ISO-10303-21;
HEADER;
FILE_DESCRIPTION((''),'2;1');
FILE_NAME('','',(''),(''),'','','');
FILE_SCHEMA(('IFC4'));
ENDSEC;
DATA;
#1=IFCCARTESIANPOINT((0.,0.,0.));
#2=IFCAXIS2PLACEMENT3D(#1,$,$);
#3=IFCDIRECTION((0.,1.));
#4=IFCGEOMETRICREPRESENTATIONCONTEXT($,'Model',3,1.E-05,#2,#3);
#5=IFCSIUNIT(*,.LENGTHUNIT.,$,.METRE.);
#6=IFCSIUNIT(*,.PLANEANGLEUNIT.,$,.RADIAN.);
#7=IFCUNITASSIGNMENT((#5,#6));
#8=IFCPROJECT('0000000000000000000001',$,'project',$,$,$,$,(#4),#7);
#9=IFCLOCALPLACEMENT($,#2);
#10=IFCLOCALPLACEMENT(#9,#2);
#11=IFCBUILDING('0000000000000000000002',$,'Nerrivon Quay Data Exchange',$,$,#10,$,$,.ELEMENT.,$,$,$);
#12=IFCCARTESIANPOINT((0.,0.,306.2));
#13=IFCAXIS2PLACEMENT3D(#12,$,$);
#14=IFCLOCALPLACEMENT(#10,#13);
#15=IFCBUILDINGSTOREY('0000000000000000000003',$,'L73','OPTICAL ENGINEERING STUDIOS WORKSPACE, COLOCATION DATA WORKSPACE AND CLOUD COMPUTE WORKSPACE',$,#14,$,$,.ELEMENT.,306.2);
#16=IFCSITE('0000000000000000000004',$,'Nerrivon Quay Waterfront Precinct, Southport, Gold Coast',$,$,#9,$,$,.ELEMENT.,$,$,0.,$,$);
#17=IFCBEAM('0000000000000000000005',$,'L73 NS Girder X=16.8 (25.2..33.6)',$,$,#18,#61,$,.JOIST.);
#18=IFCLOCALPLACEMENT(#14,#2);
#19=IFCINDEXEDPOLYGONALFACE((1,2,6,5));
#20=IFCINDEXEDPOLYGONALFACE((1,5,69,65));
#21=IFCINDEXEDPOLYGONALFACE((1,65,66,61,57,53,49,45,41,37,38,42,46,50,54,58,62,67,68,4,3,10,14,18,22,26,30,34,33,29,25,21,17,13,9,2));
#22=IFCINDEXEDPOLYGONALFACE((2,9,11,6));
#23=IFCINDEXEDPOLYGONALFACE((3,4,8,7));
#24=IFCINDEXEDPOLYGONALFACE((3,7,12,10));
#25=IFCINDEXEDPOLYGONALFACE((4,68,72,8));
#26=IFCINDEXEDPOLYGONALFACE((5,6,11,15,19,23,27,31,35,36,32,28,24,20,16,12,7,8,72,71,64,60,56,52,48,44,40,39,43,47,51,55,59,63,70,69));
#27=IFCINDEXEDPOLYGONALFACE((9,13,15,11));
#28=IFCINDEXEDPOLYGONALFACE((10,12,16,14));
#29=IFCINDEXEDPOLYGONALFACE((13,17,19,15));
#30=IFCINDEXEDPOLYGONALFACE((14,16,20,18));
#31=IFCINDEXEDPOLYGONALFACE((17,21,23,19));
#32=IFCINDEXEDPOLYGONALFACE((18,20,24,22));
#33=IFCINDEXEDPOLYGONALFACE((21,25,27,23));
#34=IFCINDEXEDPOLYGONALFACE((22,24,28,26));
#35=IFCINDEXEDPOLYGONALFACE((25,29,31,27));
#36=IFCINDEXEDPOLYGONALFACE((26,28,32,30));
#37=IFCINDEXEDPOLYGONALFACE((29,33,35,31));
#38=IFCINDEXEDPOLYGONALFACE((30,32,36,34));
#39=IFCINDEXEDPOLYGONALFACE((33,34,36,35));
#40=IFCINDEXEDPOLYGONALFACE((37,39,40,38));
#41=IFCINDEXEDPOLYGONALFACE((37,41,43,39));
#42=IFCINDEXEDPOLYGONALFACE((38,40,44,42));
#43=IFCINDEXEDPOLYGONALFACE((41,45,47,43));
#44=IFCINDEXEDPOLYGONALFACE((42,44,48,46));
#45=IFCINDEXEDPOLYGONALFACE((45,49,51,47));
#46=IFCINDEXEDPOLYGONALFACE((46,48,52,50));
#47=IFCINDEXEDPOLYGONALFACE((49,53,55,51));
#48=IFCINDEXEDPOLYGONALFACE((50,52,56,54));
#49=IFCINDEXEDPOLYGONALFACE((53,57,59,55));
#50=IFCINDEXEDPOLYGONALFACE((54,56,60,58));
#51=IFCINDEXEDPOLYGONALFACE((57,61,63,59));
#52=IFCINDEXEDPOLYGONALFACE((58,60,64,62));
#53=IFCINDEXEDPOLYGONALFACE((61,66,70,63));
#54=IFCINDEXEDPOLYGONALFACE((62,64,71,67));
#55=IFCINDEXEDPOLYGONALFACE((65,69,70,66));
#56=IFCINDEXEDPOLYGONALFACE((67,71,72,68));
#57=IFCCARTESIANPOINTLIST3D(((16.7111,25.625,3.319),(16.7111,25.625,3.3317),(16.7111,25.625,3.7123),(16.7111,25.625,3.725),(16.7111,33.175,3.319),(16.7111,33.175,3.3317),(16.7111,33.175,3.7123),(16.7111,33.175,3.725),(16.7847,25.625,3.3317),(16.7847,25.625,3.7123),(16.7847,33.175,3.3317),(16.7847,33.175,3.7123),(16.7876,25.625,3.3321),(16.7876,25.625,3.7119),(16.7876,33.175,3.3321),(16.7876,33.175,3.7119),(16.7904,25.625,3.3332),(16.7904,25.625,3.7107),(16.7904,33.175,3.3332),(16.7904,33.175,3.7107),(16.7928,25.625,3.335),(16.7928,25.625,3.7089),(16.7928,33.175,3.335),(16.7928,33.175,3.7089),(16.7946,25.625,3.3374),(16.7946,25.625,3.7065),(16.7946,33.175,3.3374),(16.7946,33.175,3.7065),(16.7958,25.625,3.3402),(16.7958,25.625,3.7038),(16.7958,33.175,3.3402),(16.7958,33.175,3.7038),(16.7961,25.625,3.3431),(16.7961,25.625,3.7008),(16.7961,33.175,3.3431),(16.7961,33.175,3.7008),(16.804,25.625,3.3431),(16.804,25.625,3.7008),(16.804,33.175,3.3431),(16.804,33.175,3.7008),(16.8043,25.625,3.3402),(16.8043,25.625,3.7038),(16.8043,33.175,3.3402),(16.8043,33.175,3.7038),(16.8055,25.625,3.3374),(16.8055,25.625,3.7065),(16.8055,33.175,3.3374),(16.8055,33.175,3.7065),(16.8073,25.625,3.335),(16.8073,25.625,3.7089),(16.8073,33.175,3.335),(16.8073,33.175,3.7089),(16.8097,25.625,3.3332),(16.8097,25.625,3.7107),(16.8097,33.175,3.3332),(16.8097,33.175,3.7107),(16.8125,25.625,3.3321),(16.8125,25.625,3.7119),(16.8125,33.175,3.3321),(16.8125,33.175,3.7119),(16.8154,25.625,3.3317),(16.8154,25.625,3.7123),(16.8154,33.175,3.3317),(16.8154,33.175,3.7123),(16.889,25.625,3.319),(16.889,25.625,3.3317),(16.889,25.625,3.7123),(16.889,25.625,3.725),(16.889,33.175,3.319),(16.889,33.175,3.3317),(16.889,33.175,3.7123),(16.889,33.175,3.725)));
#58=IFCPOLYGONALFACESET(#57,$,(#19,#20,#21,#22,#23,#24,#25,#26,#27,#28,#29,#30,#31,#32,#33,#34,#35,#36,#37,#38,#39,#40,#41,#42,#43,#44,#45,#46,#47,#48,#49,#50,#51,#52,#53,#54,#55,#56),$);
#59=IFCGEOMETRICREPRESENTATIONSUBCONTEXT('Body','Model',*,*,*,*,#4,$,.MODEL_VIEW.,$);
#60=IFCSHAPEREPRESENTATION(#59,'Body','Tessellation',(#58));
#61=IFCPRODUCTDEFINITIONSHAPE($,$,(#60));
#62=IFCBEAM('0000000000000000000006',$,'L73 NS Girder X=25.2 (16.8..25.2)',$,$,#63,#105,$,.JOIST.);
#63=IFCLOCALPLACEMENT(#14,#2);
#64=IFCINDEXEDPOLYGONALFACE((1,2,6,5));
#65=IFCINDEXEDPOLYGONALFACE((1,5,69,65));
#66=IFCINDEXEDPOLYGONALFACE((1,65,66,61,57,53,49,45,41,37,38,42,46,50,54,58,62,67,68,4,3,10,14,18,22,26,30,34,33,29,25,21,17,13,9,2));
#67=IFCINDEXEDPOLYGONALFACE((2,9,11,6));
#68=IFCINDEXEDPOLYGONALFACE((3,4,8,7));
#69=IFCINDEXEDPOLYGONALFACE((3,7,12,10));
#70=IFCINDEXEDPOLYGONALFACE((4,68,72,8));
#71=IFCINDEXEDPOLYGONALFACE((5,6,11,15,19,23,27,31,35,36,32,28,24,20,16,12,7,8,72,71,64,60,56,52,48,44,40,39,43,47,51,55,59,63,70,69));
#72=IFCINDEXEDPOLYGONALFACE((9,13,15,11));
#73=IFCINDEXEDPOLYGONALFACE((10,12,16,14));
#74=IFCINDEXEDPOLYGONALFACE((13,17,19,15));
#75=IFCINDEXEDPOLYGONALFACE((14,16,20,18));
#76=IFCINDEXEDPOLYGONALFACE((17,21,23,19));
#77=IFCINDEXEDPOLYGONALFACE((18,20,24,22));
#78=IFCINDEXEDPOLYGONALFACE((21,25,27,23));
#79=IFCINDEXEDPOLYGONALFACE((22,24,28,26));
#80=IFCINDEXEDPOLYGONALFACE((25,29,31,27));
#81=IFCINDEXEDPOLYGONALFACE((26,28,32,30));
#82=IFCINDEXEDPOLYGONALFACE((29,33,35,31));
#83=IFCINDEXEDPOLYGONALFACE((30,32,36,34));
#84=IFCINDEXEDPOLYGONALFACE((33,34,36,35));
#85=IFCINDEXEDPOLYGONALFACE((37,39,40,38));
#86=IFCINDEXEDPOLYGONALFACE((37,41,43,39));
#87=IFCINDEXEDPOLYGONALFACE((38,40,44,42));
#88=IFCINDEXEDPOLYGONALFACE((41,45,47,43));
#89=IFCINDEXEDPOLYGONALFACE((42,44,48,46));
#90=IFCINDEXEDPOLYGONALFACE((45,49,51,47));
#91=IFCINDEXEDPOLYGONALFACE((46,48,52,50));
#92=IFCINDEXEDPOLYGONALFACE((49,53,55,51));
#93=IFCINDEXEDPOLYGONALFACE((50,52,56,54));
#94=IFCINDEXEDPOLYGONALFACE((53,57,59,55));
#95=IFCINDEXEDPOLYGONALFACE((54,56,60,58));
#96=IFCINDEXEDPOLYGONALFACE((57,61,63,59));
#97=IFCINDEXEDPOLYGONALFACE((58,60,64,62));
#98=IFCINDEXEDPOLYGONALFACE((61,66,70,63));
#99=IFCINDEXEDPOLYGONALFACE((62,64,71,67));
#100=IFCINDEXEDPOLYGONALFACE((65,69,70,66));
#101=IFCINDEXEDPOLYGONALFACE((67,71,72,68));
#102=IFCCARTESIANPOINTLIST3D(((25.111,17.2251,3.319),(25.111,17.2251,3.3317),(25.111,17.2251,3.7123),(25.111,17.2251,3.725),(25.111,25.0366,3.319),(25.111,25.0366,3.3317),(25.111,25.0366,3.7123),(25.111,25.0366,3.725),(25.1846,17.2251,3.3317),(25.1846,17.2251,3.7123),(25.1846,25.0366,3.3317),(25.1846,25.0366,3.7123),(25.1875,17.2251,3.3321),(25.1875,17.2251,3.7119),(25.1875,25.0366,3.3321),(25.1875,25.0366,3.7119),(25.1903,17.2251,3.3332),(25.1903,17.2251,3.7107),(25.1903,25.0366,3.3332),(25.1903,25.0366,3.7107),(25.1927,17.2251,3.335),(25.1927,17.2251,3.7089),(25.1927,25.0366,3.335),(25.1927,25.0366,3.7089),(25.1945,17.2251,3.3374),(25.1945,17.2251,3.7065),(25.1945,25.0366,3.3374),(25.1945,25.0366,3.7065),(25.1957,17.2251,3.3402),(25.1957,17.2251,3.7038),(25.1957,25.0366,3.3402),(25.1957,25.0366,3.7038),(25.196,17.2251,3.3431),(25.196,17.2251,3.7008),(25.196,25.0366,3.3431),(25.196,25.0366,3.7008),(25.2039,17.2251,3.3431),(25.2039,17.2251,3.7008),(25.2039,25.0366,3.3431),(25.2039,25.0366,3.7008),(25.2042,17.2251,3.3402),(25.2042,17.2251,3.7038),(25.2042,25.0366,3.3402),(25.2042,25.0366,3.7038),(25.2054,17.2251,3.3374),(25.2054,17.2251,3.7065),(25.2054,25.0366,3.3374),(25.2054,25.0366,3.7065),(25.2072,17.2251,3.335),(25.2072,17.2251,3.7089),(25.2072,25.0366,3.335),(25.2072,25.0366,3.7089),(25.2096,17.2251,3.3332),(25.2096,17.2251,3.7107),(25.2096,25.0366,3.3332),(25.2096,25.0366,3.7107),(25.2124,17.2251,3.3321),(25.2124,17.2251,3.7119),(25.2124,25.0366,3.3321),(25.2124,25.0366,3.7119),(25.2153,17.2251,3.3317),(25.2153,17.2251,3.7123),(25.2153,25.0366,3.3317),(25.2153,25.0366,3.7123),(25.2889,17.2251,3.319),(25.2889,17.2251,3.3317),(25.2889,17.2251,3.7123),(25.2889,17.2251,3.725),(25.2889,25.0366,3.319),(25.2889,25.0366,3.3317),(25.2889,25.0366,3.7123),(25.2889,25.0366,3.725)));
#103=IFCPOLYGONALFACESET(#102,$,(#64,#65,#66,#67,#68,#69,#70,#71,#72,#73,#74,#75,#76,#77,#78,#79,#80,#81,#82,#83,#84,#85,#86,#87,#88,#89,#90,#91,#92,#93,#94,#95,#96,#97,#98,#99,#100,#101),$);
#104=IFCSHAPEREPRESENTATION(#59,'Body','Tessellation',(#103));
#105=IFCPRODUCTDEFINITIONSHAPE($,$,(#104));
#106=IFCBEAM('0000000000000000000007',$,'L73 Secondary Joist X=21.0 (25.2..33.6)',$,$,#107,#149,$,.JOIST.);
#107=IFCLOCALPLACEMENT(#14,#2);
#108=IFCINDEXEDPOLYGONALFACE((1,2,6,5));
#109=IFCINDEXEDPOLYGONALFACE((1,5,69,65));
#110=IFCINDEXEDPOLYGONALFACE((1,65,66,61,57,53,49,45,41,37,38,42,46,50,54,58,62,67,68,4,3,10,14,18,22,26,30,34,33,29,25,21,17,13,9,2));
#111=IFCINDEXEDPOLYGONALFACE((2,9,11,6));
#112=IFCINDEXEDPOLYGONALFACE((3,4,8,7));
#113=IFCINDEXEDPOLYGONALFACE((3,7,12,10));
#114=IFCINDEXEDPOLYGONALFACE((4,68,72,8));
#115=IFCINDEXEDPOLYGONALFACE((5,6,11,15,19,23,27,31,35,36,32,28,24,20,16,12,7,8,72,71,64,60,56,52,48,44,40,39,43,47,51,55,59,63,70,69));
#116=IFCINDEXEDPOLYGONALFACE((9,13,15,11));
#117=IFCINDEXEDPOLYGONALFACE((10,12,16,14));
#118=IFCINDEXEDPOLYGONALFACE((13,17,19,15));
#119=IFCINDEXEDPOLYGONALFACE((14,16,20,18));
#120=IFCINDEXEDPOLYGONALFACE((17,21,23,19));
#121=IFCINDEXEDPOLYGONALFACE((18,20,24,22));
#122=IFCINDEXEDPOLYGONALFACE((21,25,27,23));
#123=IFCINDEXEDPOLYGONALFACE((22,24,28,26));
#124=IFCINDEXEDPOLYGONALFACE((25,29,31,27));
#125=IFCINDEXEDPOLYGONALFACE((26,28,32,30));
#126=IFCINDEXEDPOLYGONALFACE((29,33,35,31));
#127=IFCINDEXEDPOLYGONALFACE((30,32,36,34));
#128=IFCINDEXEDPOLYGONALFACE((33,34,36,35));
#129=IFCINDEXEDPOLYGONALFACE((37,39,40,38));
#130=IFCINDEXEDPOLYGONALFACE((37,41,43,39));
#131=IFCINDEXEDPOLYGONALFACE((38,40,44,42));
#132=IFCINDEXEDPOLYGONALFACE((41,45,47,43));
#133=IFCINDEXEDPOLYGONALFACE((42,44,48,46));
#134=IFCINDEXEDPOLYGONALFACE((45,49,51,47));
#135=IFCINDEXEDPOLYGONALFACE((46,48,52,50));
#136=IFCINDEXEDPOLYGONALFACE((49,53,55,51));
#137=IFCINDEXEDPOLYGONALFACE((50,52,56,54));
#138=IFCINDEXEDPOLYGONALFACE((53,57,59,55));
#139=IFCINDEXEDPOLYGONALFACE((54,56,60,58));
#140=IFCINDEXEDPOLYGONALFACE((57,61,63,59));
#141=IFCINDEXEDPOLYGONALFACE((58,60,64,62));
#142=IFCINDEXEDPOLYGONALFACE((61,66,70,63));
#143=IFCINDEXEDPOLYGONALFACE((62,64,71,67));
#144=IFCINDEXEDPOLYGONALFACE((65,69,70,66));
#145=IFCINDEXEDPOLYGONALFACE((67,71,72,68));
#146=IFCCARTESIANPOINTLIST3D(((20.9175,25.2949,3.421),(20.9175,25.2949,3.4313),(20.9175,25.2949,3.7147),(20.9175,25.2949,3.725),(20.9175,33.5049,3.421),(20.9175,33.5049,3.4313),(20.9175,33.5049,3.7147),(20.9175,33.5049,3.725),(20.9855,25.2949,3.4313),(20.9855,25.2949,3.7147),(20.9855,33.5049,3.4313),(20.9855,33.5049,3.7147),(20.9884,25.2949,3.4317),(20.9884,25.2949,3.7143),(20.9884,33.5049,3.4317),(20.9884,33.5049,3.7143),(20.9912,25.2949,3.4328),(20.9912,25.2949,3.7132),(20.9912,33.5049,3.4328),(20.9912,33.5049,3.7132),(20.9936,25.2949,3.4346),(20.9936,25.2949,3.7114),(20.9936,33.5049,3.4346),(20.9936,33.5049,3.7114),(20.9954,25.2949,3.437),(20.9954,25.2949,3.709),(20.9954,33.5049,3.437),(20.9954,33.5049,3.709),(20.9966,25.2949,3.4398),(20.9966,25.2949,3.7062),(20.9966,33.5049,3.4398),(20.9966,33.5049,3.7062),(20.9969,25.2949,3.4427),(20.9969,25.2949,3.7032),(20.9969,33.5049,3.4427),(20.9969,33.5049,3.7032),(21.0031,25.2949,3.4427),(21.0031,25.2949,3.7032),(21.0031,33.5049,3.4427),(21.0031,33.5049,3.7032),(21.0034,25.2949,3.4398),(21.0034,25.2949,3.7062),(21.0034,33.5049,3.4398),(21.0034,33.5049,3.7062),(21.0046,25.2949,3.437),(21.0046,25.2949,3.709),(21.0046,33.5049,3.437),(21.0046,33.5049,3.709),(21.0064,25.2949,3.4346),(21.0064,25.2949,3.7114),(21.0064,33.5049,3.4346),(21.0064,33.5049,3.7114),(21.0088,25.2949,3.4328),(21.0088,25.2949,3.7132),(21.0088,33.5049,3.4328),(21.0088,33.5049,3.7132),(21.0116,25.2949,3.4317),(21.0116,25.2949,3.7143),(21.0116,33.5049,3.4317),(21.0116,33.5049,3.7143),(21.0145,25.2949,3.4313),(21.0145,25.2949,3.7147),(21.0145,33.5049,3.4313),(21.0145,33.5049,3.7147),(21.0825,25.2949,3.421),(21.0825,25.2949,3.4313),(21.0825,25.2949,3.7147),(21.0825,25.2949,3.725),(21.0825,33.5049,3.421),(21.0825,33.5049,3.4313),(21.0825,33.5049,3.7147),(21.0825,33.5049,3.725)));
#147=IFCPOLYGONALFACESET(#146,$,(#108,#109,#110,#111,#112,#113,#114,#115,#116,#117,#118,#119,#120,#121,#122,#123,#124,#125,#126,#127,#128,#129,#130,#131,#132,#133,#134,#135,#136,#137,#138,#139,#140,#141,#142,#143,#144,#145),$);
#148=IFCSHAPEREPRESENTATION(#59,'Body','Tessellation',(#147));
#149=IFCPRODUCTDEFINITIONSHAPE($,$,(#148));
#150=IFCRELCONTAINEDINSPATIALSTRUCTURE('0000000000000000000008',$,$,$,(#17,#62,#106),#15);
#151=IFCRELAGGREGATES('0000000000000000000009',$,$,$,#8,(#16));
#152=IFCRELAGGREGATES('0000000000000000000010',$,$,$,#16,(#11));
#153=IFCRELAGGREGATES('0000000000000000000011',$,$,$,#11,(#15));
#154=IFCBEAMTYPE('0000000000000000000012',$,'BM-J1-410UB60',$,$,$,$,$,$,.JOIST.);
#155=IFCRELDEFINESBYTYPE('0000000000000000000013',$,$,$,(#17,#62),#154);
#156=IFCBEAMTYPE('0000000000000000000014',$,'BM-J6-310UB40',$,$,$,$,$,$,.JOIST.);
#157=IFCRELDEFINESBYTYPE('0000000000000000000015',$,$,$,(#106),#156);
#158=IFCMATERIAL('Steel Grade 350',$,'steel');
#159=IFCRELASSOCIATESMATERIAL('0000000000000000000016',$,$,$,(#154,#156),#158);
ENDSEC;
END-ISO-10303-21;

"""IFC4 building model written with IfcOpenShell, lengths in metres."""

from ifc_helpers import new_model, si_unit, direction, frame, origin, origin_2d, place, context, subcontext, project, spatial, i_section, extrude, material, material_profile, profile_set, type_object, element, save


model = new_model("IFC4")

# Units and contexts
model_context = context("Model", 3, precision=1e-05, world=origin(), true_north=direction((0.0, 1.0)))
body_context = subcontext(model_context, "Body", "Model", "MODEL_VIEW")
ifc_project = project(units=[si_unit("LENGTHUNIT", "METRE"), si_unit("PLANEANGLEUNIT", "RADIAN")], contexts=[model_context])

# Site, building, storey
site_placement = place(None, origin())
site = spatial("IfcSite", under=ifc_project, at=site_placement, Name="Nerrivon Quay Waterfront Precinct, Southport, Gold Coast", CompositionType="ELEMENT", RefElevation=0.0)
building_placement = place(site_placement, origin())
building = spatial("IfcBuilding", under=site, at=building_placement, Name="Nerrivon Quay Data Exchange", CompositionType="ELEMENT")
storey_placement = place(building_placement, frame((0.0, 0.0, 306.2)))
storey = spatial("IfcBuildingStorey", under=building, at=storey_placement, Name="L73", Description="OPTICAL ENGINEERING STUDIOS WORKSPACE, COLOCATION DATA WORKSPACE AND CLOUD COMPUTE WORKSPACE", CompositionType="ELEMENT", Elevation=306.2)

# Shared definitions
ifc_material_1 = material(Name="Steel Grade 350", Category="steel")

# Beams
ifc_material_profile_1 = material_profile(ifc_material_1, i_section(OverallWidth=0.178, OverallDepth=0.406, WebThickness=0.0078, FlangeThickness=0.0127, FilletRadius=0.0115, at=origin_2d()), Name="410UB59.7")
ifc_profile_set_1 = profile_set([ifc_material_profile_1], Name="Steel Grade 350")
beam_type_1 = type_object("IfcBeamType", Name="BM-J1-410UB60", PredefinedType="JOIST", material=ifc_profile_set_1)
beam_1_placement = place(storey_placement, frame((16.8, 25.625, 3.522), z_axis=(0.0, 1.0, 0.0), x_axis=(-1.0, 0.0, 0.0)))
element("IfcBeam", 1, at=beam_1_placement, inside=storey, type_object=beam_type_1, Name="L73 NS Girder X=16.8 (25.2..33.6)", PredefinedType="JOIST", context=body_context, shape_type="SweptSolid", body=[
    extrude(i_section(OverallWidth=0.178, OverallDepth=0.406, WebThickness=0.0078, FlangeThickness=0.0127, FilletRadius=0.0115, at=origin_2d()), origin(), (0.0, 0.0, 1.0), 7.55),
])
beam_2_placement = place(storey_placement, frame((25.2, 17.2251, 3.522), z_axis=(0.0, 1.0, 0.0), x_axis=(-1.0, 0.0, 0.0)))
element("IfcBeam", 2, at=beam_2_placement, inside=storey, type_object=beam_type_1, Name="L73 NS Girder X=25.2 (16.8..25.2)", PredefinedType="JOIST", context=body_context, shape_type="SweptSolid", body=[
    extrude(i_section(OverallWidth=0.178, OverallDepth=0.406, WebThickness=0.0078, FlangeThickness=0.0127, FilletRadius=0.0115, at=origin_2d()), origin(), (0.0, 0.0, 1.0), 7.8115),
])
ifc_material_profile_2 = material_profile(ifc_material_1, i_section(OverallWidth=0.165, OverallDepth=0.304, WebThickness=0.0061, FlangeThickness=0.0103, FilletRadius=0.0115, at=origin_2d()), Name="310UB40.4")
ifc_profile_set_2 = profile_set([ifc_material_profile_2], Name="Steel Grade 350")
beam_type_2 = type_object("IfcBeamType", Name="BM-J6-310UB40", PredefinedType="JOIST", material=ifc_profile_set_2)
beam_3_placement = place(storey_placement, frame((21.0, 25.2949, 3.573), z_axis=(0.0, 1.0, 0.0), x_axis=(-1.0, 0.0, 0.0)))
element("IfcBeam", 3, at=beam_3_placement, inside=storey, type_object=beam_type_2, Name="L73 Secondary Joist X=21.0 (25.2..33.6)", PredefinedType="JOIST", context=body_context, shape_type="SweptSolid", body=[
    extrude(i_section(OverallWidth=0.165, OverallDepth=0.304, WebThickness=0.0061, FlangeThickness=0.0103, FilletRadius=0.0115, at=origin_2d()), origin(), (0.0, 0.0, 1.0), 8.21),
])

save(model, "model.ifc")
